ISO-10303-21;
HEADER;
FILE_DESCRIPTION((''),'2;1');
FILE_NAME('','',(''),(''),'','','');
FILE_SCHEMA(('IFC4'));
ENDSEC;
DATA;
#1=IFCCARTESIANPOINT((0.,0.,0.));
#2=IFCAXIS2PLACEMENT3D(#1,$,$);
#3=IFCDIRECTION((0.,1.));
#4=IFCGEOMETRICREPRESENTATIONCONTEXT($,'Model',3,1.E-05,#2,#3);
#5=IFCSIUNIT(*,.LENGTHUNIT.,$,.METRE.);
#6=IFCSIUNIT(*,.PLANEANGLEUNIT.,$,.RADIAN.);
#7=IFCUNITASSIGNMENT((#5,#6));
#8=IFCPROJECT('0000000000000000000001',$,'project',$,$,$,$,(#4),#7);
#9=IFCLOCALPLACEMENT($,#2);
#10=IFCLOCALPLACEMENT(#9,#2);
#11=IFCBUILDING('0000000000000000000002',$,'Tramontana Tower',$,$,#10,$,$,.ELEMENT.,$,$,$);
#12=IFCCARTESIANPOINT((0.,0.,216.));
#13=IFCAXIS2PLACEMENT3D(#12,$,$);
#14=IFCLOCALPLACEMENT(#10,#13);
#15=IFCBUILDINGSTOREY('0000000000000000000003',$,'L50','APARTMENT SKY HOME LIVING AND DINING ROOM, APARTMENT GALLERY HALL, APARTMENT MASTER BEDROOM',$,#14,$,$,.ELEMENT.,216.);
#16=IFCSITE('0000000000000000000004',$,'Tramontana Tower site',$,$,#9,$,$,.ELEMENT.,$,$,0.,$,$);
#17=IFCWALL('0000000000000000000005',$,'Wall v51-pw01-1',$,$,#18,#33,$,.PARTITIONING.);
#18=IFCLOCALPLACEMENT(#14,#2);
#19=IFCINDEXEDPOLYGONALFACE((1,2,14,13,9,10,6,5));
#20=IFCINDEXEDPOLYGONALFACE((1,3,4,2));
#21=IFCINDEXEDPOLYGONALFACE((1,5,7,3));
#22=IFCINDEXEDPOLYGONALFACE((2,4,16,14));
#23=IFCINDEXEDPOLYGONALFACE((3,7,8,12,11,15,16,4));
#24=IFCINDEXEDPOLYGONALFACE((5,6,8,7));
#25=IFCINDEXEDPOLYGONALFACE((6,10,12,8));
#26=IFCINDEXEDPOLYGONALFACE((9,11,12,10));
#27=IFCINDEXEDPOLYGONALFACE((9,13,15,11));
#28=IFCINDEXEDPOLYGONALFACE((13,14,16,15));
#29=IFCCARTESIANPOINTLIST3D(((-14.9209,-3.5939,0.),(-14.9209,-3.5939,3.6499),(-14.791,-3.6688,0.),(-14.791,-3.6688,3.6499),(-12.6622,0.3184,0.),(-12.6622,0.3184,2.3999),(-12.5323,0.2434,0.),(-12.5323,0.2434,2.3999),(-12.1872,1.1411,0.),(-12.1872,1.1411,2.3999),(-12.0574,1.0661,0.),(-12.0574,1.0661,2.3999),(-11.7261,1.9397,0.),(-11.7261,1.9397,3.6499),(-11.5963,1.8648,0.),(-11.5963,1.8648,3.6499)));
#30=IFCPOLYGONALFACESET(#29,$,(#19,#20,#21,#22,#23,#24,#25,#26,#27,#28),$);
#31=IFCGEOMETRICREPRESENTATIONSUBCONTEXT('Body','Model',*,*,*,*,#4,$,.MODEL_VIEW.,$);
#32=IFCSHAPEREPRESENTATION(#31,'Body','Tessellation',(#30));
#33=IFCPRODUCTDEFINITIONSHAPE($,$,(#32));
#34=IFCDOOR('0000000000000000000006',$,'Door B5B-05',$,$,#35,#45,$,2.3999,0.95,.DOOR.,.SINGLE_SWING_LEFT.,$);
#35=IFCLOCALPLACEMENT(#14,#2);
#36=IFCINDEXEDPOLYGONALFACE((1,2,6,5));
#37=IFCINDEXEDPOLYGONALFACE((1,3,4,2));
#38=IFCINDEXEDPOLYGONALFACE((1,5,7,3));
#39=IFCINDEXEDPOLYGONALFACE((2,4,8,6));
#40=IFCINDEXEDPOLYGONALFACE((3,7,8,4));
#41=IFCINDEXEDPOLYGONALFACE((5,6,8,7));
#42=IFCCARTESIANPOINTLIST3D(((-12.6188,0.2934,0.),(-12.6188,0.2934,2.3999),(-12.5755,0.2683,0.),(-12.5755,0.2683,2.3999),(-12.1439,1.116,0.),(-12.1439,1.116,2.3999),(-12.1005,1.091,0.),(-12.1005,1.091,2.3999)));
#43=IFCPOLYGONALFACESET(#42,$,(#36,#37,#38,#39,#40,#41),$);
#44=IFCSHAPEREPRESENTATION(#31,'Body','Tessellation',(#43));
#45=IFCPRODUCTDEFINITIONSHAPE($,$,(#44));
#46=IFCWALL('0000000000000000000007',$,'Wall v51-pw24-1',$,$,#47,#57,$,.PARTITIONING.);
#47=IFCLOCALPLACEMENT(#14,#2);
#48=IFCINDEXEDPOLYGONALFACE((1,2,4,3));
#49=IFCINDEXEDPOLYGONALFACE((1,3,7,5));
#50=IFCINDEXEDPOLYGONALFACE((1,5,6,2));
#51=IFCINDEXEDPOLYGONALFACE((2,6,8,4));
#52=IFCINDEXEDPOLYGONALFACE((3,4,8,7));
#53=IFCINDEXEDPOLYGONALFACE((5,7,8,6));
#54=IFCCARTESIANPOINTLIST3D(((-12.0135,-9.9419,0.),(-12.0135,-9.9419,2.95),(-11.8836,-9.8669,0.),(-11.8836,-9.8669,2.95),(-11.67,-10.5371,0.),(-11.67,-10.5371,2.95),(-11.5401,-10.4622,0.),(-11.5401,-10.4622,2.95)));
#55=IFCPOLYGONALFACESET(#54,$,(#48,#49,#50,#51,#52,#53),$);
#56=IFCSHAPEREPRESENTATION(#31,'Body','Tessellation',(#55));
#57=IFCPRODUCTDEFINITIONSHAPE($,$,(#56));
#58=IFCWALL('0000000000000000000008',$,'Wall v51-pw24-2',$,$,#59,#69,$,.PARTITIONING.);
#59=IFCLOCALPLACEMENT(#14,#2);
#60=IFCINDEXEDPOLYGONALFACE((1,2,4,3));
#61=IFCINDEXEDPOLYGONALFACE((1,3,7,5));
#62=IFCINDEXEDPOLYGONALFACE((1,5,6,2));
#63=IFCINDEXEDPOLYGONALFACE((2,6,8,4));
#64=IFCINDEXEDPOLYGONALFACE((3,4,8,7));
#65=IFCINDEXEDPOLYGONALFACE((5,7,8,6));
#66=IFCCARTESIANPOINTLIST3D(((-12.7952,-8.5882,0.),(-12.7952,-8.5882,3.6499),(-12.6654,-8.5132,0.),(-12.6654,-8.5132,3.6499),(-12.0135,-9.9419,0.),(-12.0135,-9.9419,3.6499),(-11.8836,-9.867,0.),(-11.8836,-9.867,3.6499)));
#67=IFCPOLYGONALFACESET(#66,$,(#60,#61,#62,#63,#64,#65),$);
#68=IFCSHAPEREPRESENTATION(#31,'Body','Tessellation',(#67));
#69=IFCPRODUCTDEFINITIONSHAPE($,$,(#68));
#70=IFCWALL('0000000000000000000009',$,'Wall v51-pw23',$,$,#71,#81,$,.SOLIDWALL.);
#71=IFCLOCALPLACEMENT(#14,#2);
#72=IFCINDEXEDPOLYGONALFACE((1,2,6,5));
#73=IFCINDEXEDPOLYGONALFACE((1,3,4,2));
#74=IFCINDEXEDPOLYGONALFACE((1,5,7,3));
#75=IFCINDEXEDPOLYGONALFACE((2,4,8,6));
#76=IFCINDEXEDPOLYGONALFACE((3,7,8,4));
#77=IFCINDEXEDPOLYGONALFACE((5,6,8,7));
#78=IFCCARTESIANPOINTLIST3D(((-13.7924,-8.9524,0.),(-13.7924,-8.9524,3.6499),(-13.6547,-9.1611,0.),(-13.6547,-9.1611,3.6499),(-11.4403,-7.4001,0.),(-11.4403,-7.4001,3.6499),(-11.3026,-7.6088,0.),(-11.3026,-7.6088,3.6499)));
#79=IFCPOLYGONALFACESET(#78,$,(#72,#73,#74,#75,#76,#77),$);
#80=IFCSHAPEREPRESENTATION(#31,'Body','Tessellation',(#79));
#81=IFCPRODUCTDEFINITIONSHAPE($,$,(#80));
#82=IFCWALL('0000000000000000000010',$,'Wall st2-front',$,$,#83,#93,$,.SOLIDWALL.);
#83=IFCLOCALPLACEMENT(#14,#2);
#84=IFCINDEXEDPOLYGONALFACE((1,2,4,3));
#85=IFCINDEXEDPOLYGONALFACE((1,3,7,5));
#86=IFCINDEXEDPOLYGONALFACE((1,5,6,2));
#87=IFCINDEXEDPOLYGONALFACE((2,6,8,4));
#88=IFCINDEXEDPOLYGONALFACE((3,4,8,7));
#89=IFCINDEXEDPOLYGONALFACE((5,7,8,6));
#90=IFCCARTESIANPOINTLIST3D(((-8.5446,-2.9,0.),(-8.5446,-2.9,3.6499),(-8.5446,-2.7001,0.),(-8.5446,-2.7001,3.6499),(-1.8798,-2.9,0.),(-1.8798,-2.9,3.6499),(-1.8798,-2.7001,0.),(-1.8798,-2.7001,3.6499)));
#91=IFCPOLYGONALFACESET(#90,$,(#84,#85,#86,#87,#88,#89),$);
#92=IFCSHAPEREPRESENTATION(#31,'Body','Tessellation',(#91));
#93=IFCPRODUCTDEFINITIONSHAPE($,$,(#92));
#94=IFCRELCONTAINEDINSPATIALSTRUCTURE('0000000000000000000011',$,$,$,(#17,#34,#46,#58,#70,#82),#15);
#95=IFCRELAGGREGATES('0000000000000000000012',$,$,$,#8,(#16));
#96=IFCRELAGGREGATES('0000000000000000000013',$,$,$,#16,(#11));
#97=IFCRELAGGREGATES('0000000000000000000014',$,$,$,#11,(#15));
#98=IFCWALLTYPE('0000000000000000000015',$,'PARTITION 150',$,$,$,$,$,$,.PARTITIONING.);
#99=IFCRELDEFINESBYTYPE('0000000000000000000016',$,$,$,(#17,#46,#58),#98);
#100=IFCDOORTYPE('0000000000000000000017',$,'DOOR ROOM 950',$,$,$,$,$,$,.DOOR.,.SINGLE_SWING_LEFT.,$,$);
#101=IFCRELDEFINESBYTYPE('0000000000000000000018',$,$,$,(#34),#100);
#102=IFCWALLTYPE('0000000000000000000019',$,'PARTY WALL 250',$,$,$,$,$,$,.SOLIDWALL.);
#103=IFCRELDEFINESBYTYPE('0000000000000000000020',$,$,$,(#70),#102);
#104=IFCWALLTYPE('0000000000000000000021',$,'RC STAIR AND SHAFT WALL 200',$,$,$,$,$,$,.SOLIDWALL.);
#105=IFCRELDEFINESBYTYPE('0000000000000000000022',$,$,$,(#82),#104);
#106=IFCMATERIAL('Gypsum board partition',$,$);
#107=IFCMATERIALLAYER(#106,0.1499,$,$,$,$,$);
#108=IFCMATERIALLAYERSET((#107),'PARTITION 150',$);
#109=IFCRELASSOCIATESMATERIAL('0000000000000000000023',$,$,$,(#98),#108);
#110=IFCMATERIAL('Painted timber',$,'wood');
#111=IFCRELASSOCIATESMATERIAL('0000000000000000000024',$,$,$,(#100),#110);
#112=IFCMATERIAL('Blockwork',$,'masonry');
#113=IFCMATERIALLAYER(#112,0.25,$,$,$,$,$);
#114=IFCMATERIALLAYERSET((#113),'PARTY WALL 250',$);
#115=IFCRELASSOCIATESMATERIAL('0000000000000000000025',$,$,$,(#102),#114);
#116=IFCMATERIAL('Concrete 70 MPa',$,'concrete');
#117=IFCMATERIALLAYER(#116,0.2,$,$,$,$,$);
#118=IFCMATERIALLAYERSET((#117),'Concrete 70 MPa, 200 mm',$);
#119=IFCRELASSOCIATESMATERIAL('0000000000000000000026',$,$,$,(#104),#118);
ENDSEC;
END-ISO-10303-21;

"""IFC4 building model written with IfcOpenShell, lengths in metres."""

from ifc_helpers import new_model, si_unit, direction, frame, frame_2d, origin, place, context, subcontext, project, spatial, rectangle, extrude, material, layer, layer_set, type_object, element, fill, save


model = new_model("IFC4")

# Units and contexts
model_context = context("Model", 3, precision=1e-05, world=origin(), true_north=direction((0.0, 1.0)))
body_context = subcontext(model_context, "Body", "Model", "MODEL_VIEW")
ifc_project = project(units=[si_unit("LENGTHUNIT", "METRE"), si_unit("PLANEANGLEUNIT", "RADIAN")], contexts=[model_context])

# Site, building, storey
site_placement = place(None, origin())
site = spatial("IfcSite", under=ifc_project, at=site_placement, Name="Tramontana Tower site", CompositionType="ELEMENT", RefElevation=0.0)
building_placement = place(site_placement, origin())
building = spatial("IfcBuilding", under=site, at=building_placement, Name="Tramontana Tower", CompositionType="ELEMENT")
storey_placement = place(building_placement, frame((0.0, 0.0, 216.0)))
storey = spatial("IfcBuildingStorey", under=building, at=storey_placement, Name="L50", Description="APARTMENT SKY HOME LIVING AND DINING ROOM, APARTMENT GALLERY HALL, APARTMENT MASTER BEDROOM", CompositionType="ELEMENT", Elevation=216.0)

# Shared definitions
ifc_material_1 = material(Name="Gypsum board partition")
ifc_layer_1 = layer(ifc_material_1, 0.1499)
ifc_layer_set_1 = layer_set([ifc_layer_1], Name="PARTITION 150")
wall_type_1 = type_object("IfcWallType", Name="PARTITION 150", PredefinedType="PARTITIONING", material=ifc_layer_set_1)

# Wall, opening, door
wall_1_placement = place(storey_placement, frame((-14.856, -3.6313, 0.0), z_axis=(0.0, 0.0, 1.0), x_axis=(0.499994, 0.866029, 0.0)))
wall_1 = element("IfcWall", 1, at=wall_1_placement, inside=storey, type_object=wall_type_1, Name="Wall v51-pw01-1", PredefinedType="PARTITIONING", context=body_context, shape_type="SweptSolid", body=[
    extrude(rectangle(XDim=6.3896, YDim=0.1499, at=frame_2d((3.1948, 0.0))), origin(), (0.0, 0.0, 1.0), 3.6499),
])
opening_1_placement = place(wall_1_placement, frame((4.5173, 0.0, 0.0)))
opening_1 = element("IfcOpeningElement", 2, at=opening_1_placement, cuts=wall_1, PredefinedType="OPENING", context=body_context, shape_type="SweptSolid", body=[
    extrude(rectangle(XDim=0.95, YDim=2.3999, at=frame_2d((0.4751, 1.2))), frame((0.0, 0.085, 0.0), z_axis=(0.0, -1.0, 0.0), x_axis=(1.0, 0.0, 0.0)), (0.0, 0.0, 1.0), 0.1699),
])
ifc_material_2 = material(Name="Painted timber", Category="wood")
door_type_1 = type_object("IfcDoorType", Name="DOOR ROOM 950", OperationType="SINGLE_SWING_LEFT", PredefinedType="DOOR", material=ifc_material_2)
door_1_placement = place(opening_1_placement, origin())
door_1 = element("IfcDoor", 3, at=door_1_placement, inside=storey, type_object=door_type_1, Name="Door B5B-05", OperationType="SINGLE_SWING_LEFT", OverallHeight=2.3999, OverallWidth=0.95, PredefinedType="DOOR", context=body_context, shape_type="SweptSolid", body=[
    extrude(rectangle(XDim=0.95, YDim=2.3999, at=frame_2d((0.4751, 1.2))), frame((0.0, 0.0249, 0.0), z_axis=(0.0, -1.0, 0.0), x_axis=(1.0, 0.0, 0.0)), (0.0, 0.0, 1.0), 0.05),
])
fill(opening_1, door_1)

# Walls
wall_2_placement = place(storey_placement, frame((-11.605, -10.4998, 0.0), z_axis=(0.0, 0.0, 1.0), x_axis=(-0.499845, 0.866115, 0.0)))
element("IfcWall", 4, at=wall_2_placement, inside=storey, type_object=wall_type_1, Name="Wall v51-pw24-1", PredefinedType="PARTITIONING", context=body_context, shape_type="SweptSolid", body=[
    extrude(rectangle(XDim=0.6873, YDim=0.1499, at=frame_2d((0.3438, 0.0))), origin(), (0.0, 0.0, 1.0), 2.95),
])
wall_3_placement = place(storey_placement, frame((-11.9485, -9.9045, 0.0), z_axis=(0.0, 0.0, 1.0), x_axis=(-0.500069, 0.865985, 0.0)))
element("IfcWall", 5, at=wall_3_placement, inside=storey, type_object=wall_type_1, Name="Wall v51-pw24-2", PredefinedType="PARTITIONING", context=body_context, shape_type="SweptSolid", body=[
    extrude(rectangle(XDim=1.5632, YDim=0.1499, at=frame_2d((0.7817, 0.0))), origin(), (0.0, 0.0, 1.0), 3.6499),
])
ifc_material_3 = material(Name="Blockwork", Category="masonry")
ifc_layer_2 = layer(ifc_material_3, 0.25)
ifc_layer_set_2 = layer_set([ifc_layer_2], Name="PARTY WALL 250")
wall_type_2 = type_object("IfcWallType", Name="PARTY WALL 250", PredefinedType="SOLIDWALL", material=ifc_layer_set_2)
wall_4_placement = place(storey_placement, frame((-11.3713, -7.5044, 0.0), z_axis=(0.0, 0.0, 1.0), x_axis=(-0.834627, -0.550816, 0.0)))
element("IfcWall", 6, at=wall_4_placement, inside=storey, type_object=wall_type_2, Name="Wall v51-pw23", PredefinedType="SOLIDWALL", context=body_context, shape_type="SweptSolid", body=[
    extrude(rectangle(XDim=2.8181, YDim=0.25, at=frame_2d((1.4092, 0.0))), origin(), (0.0, 0.0, 1.0), 3.6499),
])
ifc_material_4 = material(Name="Concrete 70 MPa", Category="concrete")
ifc_layer_3 = layer(ifc_material_4, 0.2)
ifc_layer_set_3 = layer_set([ifc_layer_3], Name="Concrete 70 MPa, 200 mm")
wall_type_3 = type_object("IfcWallType", Name="RC STAIR AND SHAFT WALL 200", PredefinedType="SOLIDWALL", material=ifc_layer_set_3)
wall_5_placement = place(storey_placement, frame((-8.5447, -2.8, 0.0), z_axis=(0.0, 0.0, 1.0), x_axis=(1.0, 0.0, 0.0)))
element("IfcWall", 7, at=wall_5_placement, inside=storey, type_object=wall_type_3, Name="Wall st2-front", PredefinedType="SOLIDWALL", context=body_context, shape_type="SweptSolid", body=[
    extrude(rectangle(XDim=6.6648, YDim=0.2, at=frame_2d((3.3325, 0.0))), origin(), (0.0, 0.0, 1.0), 3.6499),
])

save(model, "model.ifc")
